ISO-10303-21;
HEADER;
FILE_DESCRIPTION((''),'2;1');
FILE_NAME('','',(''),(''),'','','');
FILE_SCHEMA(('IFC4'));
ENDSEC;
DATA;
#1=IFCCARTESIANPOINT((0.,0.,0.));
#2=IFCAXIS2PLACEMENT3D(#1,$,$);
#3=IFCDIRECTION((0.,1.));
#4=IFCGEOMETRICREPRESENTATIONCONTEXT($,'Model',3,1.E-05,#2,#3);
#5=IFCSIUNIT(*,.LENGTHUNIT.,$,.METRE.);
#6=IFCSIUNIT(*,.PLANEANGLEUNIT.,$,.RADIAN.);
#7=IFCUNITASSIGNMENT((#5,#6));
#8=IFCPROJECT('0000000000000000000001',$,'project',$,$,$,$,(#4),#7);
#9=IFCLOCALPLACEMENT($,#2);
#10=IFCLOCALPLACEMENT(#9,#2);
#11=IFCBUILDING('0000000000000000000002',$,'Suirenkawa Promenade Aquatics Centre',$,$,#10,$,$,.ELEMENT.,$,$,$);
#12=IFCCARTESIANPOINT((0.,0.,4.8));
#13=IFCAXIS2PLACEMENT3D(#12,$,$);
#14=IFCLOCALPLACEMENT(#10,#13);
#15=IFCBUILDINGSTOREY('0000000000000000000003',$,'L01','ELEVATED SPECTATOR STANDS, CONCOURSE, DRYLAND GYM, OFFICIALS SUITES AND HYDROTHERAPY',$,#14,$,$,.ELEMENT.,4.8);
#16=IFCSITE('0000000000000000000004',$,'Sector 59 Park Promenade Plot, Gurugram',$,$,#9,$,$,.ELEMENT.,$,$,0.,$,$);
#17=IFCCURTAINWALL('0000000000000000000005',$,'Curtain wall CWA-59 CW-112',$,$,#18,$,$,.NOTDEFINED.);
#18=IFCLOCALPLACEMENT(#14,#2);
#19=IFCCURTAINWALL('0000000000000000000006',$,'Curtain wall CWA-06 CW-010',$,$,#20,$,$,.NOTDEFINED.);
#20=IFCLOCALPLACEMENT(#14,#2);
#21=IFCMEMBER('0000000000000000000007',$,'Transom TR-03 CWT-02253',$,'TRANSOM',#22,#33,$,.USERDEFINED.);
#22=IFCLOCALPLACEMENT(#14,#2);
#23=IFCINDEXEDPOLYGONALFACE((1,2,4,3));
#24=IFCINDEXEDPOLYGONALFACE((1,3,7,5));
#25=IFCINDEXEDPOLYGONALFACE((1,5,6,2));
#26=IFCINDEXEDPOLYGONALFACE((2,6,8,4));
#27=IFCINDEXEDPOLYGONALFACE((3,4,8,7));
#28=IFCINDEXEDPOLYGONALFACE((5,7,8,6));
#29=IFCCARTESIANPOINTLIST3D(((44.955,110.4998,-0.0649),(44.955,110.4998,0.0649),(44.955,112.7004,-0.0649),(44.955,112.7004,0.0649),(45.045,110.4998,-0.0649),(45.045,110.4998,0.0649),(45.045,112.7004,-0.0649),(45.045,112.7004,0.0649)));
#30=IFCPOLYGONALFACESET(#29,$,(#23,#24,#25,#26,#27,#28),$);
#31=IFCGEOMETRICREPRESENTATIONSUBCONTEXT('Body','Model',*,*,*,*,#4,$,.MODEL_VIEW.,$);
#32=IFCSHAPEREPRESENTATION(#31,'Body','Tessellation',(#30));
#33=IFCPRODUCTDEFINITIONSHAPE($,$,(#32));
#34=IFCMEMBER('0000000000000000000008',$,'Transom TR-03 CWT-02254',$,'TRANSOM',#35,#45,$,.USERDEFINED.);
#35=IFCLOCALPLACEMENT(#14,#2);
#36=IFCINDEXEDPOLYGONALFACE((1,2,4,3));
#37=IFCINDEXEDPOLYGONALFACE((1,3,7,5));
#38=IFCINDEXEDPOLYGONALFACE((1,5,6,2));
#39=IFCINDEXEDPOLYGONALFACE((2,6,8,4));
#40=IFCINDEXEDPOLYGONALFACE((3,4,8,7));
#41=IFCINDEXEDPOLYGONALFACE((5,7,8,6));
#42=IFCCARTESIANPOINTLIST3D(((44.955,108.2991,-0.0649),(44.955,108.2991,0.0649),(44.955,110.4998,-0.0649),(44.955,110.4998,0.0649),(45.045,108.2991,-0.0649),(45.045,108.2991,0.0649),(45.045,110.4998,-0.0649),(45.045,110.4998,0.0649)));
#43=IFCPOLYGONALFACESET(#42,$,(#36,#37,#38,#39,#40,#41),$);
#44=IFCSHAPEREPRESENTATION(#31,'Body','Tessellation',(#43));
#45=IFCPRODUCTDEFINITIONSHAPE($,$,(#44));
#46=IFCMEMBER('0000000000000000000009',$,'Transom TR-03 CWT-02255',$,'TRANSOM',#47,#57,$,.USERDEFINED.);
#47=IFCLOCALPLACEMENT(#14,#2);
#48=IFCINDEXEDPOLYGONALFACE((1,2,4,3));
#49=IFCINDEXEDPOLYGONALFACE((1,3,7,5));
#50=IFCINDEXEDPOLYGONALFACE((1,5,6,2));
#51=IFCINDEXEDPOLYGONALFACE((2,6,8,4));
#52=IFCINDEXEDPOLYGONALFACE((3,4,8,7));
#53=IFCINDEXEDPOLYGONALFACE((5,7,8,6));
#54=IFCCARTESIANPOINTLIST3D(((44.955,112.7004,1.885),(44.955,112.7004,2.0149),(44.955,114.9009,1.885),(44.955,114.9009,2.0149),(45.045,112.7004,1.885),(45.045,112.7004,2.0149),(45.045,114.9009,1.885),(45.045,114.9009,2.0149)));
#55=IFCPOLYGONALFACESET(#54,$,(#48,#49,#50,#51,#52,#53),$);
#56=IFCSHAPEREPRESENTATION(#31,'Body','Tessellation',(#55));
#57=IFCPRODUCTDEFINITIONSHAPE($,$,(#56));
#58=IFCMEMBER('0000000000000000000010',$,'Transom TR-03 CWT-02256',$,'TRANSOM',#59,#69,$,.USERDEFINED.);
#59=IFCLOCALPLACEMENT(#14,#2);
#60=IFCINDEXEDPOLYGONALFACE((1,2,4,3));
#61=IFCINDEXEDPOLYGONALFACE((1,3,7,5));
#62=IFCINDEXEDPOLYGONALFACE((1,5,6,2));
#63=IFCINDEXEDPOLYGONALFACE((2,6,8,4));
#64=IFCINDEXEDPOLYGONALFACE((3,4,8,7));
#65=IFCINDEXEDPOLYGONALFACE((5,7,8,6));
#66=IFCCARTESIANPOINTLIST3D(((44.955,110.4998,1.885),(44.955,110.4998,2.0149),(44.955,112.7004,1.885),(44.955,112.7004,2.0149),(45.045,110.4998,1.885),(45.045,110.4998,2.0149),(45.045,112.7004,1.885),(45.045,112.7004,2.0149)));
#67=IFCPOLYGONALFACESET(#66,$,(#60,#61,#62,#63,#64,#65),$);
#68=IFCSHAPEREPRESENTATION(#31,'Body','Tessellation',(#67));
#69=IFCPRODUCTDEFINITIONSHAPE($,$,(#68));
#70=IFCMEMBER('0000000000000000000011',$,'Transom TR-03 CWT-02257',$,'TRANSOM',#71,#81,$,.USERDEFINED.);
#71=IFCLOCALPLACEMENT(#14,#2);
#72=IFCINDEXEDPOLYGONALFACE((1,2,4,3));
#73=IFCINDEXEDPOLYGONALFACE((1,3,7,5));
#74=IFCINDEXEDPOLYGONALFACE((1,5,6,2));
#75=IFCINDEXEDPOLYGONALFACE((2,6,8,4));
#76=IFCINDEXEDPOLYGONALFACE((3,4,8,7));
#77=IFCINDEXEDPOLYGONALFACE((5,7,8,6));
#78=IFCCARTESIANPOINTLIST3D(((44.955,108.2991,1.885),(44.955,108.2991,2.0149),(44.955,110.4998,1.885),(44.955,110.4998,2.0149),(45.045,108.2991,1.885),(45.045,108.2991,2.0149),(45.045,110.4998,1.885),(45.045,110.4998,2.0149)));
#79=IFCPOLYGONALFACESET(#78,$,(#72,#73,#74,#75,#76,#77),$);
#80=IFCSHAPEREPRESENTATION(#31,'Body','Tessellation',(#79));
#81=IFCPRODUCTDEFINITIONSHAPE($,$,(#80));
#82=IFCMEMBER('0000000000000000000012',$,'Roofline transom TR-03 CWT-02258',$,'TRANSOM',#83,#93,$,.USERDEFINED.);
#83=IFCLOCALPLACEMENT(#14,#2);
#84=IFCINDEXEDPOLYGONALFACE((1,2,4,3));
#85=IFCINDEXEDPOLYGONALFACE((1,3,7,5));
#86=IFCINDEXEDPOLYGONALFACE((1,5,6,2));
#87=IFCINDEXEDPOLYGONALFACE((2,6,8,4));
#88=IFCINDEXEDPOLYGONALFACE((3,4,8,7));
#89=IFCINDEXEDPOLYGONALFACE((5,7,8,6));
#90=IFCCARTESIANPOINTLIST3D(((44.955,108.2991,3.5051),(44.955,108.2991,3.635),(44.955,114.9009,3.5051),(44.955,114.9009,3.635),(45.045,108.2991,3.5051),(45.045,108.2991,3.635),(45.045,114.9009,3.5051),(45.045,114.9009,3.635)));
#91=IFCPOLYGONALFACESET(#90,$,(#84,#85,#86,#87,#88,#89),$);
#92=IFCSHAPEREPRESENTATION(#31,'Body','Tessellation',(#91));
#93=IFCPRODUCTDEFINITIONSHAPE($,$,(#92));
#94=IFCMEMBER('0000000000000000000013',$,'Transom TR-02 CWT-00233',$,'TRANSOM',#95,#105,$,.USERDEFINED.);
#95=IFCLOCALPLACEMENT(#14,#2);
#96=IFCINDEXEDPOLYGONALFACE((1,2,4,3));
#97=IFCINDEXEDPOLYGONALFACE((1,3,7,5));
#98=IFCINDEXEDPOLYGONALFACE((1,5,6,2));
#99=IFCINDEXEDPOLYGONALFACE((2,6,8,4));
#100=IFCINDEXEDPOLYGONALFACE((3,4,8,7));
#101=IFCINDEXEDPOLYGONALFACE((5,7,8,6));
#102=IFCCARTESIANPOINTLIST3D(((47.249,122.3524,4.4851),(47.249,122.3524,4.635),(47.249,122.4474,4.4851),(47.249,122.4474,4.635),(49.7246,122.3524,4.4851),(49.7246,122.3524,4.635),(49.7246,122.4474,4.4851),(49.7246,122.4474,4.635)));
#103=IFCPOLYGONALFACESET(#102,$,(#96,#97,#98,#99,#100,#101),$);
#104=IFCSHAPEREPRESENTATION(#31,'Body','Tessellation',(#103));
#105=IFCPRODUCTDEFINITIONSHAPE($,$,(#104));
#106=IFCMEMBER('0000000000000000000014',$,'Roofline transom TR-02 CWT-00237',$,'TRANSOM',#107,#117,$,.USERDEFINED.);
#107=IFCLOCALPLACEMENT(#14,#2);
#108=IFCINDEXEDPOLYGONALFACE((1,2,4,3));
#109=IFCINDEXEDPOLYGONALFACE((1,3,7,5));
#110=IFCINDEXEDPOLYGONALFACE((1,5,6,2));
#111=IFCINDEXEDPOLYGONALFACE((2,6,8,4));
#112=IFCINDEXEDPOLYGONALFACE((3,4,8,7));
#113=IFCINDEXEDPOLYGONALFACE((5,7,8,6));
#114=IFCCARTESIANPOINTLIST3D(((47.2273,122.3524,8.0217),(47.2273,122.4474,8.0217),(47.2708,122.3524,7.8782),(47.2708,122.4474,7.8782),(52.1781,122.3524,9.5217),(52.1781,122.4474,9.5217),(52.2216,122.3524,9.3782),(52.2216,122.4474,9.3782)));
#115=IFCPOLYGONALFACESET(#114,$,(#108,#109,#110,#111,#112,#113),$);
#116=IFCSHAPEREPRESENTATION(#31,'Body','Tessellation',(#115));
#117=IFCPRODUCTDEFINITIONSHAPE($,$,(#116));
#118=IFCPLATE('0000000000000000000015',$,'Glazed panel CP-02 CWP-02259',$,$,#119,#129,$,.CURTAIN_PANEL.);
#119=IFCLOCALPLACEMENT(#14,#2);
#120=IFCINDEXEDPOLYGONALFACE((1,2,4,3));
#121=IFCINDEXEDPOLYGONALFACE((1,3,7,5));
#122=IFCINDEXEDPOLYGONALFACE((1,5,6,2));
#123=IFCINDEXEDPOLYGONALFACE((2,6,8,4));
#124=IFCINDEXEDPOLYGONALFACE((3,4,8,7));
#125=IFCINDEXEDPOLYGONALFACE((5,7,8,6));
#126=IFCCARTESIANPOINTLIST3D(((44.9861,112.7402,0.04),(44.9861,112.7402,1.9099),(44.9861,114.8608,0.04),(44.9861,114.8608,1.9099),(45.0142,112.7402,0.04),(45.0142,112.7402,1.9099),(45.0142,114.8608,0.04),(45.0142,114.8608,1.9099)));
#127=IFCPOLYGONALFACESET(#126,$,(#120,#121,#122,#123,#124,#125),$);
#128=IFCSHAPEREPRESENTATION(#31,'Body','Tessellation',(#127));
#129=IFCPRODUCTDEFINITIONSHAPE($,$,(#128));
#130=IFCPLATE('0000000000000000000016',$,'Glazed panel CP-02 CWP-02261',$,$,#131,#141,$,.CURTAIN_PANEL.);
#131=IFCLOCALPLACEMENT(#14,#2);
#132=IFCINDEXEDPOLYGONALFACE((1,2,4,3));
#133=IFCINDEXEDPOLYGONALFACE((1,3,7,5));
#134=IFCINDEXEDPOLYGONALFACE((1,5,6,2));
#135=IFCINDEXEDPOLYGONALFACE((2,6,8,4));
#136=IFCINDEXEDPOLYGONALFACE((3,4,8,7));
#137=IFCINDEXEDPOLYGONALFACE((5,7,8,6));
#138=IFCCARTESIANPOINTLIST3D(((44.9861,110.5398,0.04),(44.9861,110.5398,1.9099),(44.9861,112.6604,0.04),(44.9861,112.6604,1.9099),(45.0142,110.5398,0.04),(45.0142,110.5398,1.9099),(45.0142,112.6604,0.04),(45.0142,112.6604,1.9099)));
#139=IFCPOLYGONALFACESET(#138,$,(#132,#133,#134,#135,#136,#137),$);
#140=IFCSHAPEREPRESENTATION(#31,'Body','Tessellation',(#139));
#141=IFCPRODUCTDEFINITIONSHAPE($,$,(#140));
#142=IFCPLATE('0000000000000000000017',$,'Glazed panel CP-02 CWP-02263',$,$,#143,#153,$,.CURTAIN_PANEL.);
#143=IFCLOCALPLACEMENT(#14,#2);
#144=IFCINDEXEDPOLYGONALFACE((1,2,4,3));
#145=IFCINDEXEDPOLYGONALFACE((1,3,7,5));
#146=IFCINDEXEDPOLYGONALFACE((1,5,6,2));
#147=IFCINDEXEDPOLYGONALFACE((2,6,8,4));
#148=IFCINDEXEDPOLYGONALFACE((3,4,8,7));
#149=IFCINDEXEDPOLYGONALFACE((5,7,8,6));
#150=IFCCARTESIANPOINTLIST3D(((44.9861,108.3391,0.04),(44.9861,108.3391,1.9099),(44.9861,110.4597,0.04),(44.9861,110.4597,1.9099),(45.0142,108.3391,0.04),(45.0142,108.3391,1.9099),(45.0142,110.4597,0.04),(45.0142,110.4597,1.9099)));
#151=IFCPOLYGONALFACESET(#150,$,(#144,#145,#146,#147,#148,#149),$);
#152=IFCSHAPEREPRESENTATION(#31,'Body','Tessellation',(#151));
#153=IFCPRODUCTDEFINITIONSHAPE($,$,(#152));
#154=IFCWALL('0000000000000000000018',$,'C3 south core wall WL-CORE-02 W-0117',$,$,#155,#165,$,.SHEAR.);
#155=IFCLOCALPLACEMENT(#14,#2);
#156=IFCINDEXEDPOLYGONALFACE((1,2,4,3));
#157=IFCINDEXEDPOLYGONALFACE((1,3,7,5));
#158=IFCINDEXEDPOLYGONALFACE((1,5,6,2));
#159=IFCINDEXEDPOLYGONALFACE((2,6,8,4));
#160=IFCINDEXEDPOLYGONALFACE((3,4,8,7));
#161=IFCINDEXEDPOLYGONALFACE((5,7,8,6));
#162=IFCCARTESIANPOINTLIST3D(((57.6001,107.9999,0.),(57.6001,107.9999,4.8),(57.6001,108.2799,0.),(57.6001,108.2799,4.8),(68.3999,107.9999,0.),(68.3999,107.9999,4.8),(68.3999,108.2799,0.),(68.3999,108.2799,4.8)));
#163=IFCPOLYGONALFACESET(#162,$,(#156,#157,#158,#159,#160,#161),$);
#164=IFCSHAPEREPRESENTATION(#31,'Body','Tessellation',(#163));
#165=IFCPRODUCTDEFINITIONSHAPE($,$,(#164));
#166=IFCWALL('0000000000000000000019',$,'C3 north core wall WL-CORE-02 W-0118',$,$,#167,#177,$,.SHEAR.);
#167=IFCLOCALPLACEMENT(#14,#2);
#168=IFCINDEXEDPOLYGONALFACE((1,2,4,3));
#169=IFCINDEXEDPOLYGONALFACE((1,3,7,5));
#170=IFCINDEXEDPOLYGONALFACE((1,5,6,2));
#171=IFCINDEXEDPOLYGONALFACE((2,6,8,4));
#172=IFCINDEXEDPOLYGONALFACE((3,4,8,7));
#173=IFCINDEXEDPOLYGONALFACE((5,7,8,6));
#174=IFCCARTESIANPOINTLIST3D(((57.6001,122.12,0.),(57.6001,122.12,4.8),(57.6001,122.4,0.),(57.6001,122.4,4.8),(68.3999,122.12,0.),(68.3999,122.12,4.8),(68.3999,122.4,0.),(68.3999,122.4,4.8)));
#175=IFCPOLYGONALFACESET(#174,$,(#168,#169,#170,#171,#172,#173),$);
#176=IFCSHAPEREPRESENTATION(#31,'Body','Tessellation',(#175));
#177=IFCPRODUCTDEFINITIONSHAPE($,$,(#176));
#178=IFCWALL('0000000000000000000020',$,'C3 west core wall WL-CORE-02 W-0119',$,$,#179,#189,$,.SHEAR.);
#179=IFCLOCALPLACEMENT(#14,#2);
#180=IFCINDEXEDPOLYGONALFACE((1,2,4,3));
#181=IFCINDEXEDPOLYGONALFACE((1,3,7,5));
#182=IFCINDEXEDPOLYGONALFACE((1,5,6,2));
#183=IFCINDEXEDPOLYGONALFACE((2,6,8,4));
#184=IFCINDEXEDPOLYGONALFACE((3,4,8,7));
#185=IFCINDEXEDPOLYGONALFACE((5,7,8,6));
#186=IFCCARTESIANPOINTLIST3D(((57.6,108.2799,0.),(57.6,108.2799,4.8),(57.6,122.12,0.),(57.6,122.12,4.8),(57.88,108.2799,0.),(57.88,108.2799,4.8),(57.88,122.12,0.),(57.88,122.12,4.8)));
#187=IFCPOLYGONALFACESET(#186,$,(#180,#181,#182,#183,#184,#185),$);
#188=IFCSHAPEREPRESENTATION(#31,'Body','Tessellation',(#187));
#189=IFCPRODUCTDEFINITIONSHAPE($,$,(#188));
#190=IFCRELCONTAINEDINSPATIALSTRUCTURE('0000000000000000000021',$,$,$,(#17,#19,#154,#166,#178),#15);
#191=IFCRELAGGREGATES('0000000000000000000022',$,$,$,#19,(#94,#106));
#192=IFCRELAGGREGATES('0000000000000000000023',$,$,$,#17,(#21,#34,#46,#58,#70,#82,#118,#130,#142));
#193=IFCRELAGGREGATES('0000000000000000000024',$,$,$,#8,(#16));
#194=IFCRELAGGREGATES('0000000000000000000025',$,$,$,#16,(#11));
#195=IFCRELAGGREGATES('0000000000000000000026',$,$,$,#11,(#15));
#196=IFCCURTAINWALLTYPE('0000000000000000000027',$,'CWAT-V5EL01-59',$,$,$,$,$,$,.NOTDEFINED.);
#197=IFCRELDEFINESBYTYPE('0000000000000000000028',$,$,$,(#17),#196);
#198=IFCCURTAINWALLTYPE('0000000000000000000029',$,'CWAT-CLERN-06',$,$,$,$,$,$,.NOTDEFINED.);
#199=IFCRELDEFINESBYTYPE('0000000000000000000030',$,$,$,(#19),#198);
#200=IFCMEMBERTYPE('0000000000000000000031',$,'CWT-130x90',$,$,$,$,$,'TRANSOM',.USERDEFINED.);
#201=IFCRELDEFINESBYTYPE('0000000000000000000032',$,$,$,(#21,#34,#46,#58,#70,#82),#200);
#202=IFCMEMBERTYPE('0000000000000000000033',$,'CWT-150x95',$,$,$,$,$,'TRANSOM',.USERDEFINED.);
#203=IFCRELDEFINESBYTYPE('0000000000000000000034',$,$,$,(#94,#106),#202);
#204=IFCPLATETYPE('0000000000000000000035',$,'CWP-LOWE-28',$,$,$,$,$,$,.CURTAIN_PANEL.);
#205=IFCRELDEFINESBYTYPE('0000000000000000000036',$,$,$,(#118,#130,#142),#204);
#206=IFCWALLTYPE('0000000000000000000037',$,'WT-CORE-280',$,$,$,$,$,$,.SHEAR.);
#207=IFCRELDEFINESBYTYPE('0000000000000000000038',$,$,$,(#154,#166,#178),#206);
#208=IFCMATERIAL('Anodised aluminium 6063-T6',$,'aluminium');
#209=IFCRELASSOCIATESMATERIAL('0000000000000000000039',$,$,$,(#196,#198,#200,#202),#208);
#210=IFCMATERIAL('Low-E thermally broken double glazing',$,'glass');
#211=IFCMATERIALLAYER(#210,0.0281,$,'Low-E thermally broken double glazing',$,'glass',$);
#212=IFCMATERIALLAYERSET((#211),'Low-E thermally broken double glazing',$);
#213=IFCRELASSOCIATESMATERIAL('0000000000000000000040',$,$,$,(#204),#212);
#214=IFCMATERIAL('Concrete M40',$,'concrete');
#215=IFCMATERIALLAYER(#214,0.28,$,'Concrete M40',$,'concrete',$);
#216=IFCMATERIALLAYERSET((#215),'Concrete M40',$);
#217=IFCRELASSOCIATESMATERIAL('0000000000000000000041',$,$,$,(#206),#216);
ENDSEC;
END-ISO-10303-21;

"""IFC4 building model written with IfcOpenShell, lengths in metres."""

from ifc_helpers import new_model, si_unit, direction, frame, frame_2d, origin, origin_2d, place, context, subcontext, project, spatial, polyline, rectangle, outline, extrude, material, layer, layer_set, material_profile, profile_set, type_object, element, aggregate, save


model = new_model("IFC4")

# Units and contexts
model_context = context("Model", 3, precision=1e-05, world=origin(), true_north=direction((0.0, 1.0)))
body_context = subcontext(model_context, "Body", "Model", "MODEL_VIEW")
ifc_project = project(units=[si_unit("LENGTHUNIT", "METRE"), si_unit("PLANEANGLEUNIT", "RADIAN")], contexts=[model_context])

# Site, building, storey
site_placement = place(None, origin())
site = spatial("IfcSite", under=ifc_project, at=site_placement, Name="Sector 59 Park Promenade Plot, Gurugram", CompositionType="ELEMENT", RefElevation=0.0)
building_placement = place(site_placement, origin())
building = spatial("IfcBuilding", under=site, at=building_placement, Name="Suirenkawa Promenade Aquatics Centre", CompositionType="ELEMENT")
storey_placement = place(building_placement, frame((0.0, 0.0, 4.8)))
storey = spatial("IfcBuildingStorey", under=building, at=storey_placement, Name="L01", Description="ELEVATED SPECTATOR STANDS, CONCOURSE, DRYLAND GYM, OFFICIALS SUITES AND HYDROTHERAPY", CompositionType="ELEMENT", Elevation=4.8)

# Shared definitions
ifc_material_1 = material(Name="Concrete M40", Category="concrete")

# Curtain wall
ifc_material_2 = material(Name="Anodised aluminium 6063-T6", Category="aluminium")
curtain_wall_type_1 = type_object("IfcCurtainWallType", Name="CWAT-V5EL01-59", PredefinedType="NOTDEFINED", material=ifc_material_2)
curtain_wall_1_placement = place(storey_placement, origin())
curtain_wall_1 = element("IfcCurtainWall", 1, at=curtain_wall_1_placement, inside=storey, type_object=curtain_wall_type_1, Name="Curtain wall CWA-59 CW-112", PredefinedType="NOTDEFINED")

# Curtain wall
curtain_wall_type_2 = type_object("IfcCurtainWallType", Name="CWAT-CLERN-06", PredefinedType="NOTDEFINED", material=ifc_material_2)
curtain_wall_2_placement = place(storey_placement, origin())
curtain_wall_2 = element("IfcCurtainWall", 2, at=curtain_wall_2_placement, inside=storey, type_object=curtain_wall_type_2, Name="Curtain wall CWA-06 CW-010", PredefinedType="NOTDEFINED")

# Members
ifc_material_profile_1 = material_profile(ifc_material_2, rectangle(XDim=0.0901, YDim=0.1299, at=origin_2d()), Name="ALU TRAN 90x130", Category="aluminium")
ifc_profile_set_1 = profile_set([ifc_material_profile_1], Name="Anodised aluminium 6063-T6")
member_type_1 = type_object("IfcMemberType", Name="CWT-130x90", ElementType="TRANSOM", PredefinedType="USERDEFINED", material=ifc_profile_set_1)
member_1_placement = place(storey_placement, frame((45.0, 112.7004, 0.0), z_axis=(0.0, -1.0, 0.0), x_axis=(1.0, 0.0, 0.0)))
member_1 = element("IfcMember", 3, at=member_1_placement, type_object=member_type_1, Name="Transom TR-03 CWT-02253", ObjectType="TRANSOM", PredefinedType="USERDEFINED", context=body_context, shape_type="SweptSolid", body=[
    extrude(rectangle(XDim=0.0901, YDim=0.1299, at=origin_2d()), origin(), (0.0, 0.0, 1.0), 2.2007),
])
member_2_placement = place(storey_placement, frame((45.0, 110.4998, 0.0), z_axis=(0.0, -1.0, 0.0), x_axis=(1.0, 0.0, 0.0)))
member_2 = element("IfcMember", 4, at=member_2_placement, type_object=member_type_1, Name="Transom TR-03 CWT-02254", ObjectType="TRANSOM", PredefinedType="USERDEFINED", context=body_context, shape_type="SweptSolid", body=[
    extrude(rectangle(XDim=0.0901, YDim=0.1299, at=origin_2d()), origin(), (0.0, 0.0, 1.0), 2.2007),
])
member_3_placement = place(storey_placement, frame((45.0, 114.9009, 1.95), z_axis=(0.0, -1.0, 0.0), x_axis=(1.0, 0.0, 0.0)))
member_3 = element("IfcMember", 5, at=member_3_placement, type_object=member_type_1, Name="Transom TR-03 CWT-02255", ObjectType="TRANSOM", PredefinedType="USERDEFINED", context=body_context, shape_type="SweptSolid", body=[
    extrude(rectangle(XDim=0.0901, YDim=0.1299, at=origin_2d()), origin(), (0.0, 0.0, 1.0), 2.2004),
])
member_4_placement = place(storey_placement, frame((45.0, 112.7004, 1.95), z_axis=(0.0, -1.0, 0.0), x_axis=(1.0, 0.0, 0.0)))
member_4 = element("IfcMember", 6, at=member_4_placement, type_object=member_type_1, Name="Transom TR-03 CWT-02256", ObjectType="TRANSOM", PredefinedType="USERDEFINED", context=body_context, shape_type="SweptSolid", body=[
    extrude(rectangle(XDim=0.0901, YDim=0.1299, at=origin_2d()), origin(), (0.0, 0.0, 1.0), 2.2007),
])
member_5_placement = place(storey_placement, frame((45.0, 110.4998, 1.95), z_axis=(0.0, -1.0, 0.0), x_axis=(1.0, 0.0, 0.0)))
member_5 = element("IfcMember", 7, at=member_5_placement, type_object=member_type_1, Name="Transom TR-03 CWT-02257", ObjectType="TRANSOM", PredefinedType="USERDEFINED", context=body_context, shape_type="SweptSolid", body=[
    extrude(rectangle(XDim=0.0901, YDim=0.1299, at=origin_2d()), origin(), (0.0, 0.0, 1.0), 2.2007),
])
member_6_placement = place(storey_placement, frame((45.0, 114.9009, 3.5701), z_axis=(0.0, -1.0, 0.0), x_axis=(1.0, 0.0, 0.0)))
member_6 = element("IfcMember", 8, at=member_6_placement, type_object=member_type_1, Name="Roofline transom TR-03 CWT-02258", ObjectType="TRANSOM", PredefinedType="USERDEFINED", context=body_context, shape_type="SweptSolid", body=[
    extrude(rectangle(XDim=0.0901, YDim=0.1299, at=origin_2d()), origin(), (0.0, 0.0, 1.0), 6.6018),
])
ifc_material_profile_2 = material_profile(ifc_material_2, rectangle(XDim=0.095, YDim=0.1499, at=origin_2d()), Name="ALU TRAN 95x150", Category="aluminium")
ifc_profile_set_2 = profile_set([ifc_material_profile_2], Name="Anodised aluminium 6063-T6")
member_type_2 = type_object("IfcMemberType", Name="CWT-150x95", ElementType="TRANSOM", PredefinedType="USERDEFINED", material=ifc_profile_set_2)
member_7_placement = place(storey_placement, frame((47.249, 122.3999, 4.5601), z_axis=(1.0, 0.0, 0.0), x_axis=(0.0, 1.0, 0.0)))
member_7 = element("IfcMember", 9, at=member_7_placement, type_object=member_type_2, Name="Transom TR-02 CWT-00233", ObjectType="TRANSOM", PredefinedType="USERDEFINED", context=body_context, shape_type="SweptSolid", body=[
    extrude(rectangle(XDim=0.095, YDim=0.1499, at=origin_2d()), origin(), (0.0, 0.0, 1.0), 2.4756),
])
member_8_placement = place(storey_placement, frame((47.249, 122.3999, 7.95), z_axis=(0.957039, 0.0, 0.289958), x_axis=(0.0, 1.0, 0.0)))
member_8 = element("IfcMember", 10, at=member_8_placement, type_object=member_type_2, Name="Roofline transom TR-02 CWT-00237", ObjectType="TRANSOM", PredefinedType="USERDEFINED", context=body_context, shape_type="SweptSolid", body=[
    extrude(rectangle(XDim=0.095, YDim=0.1499, at=origin_2d()), origin(), (0.0, 0.0, 1.0), 5.1731),
])

# Plates
aggregate(curtain_wall_2, [member_7, member_8])
ifc_material_3 = material(Name="Low-E thermally broken double glazing", Category="glass")
ifc_layer_1 = layer(ifc_material_3, 0.0281, Name="Low-E thermally broken double glazing", Category="glass")
ifc_layer_set_1 = layer_set([ifc_layer_1], Name="Low-E thermally broken double glazing")
plate_type_1 = type_object("IfcPlateType", Name="CWP-LOWE-28", PredefinedType="CURTAIN_PANEL", material=ifc_layer_set_1)
plate_1_placement = place(storey_placement, frame((45.0, 114.9009, 0.04), z_axis=(0.0, 0.0, 1.0), x_axis=(0.0, -1.0, 0.0)))
plate_1 = element("IfcPlate", 11, at=plate_1_placement, type_object=plate_type_1, Name="Glazed panel CP-02 CWP-02259", PredefinedType="CURTAIN_PANEL", context=body_context, shape_type="SweptSolid", body=[
    extrude(outline(polyline([(0.04, 0.0), (2.1606, 0.0), (2.1606, 1.8699), (0.04, 1.8699), (0.04, 0.0)])), frame((0.0, 0.0142, 0.0), z_axis=(0.0, -1.0, 0.0), x_axis=(1.0, 0.0, 0.0)), (0.0, 0.0, 1.0), 0.0281),
])
plate_2_placement = place(storey_placement, frame((45.0, 112.7004, 0.04), z_axis=(0.0, 0.0, 1.0), x_axis=(0.0, -1.0, 0.0)))
plate_2 = element("IfcPlate", 12, at=plate_2_placement, type_object=plate_type_1, Name="Glazed panel CP-02 CWP-02261", PredefinedType="CURTAIN_PANEL", context=body_context, shape_type="SweptSolid", body=[
    extrude(outline(polyline([(0.04, 0.0), (2.1606, 0.0), (2.1606, 1.8699), (0.04, 1.8699), (0.04, 0.0)])), frame((0.0, 0.0142, 0.0), z_axis=(0.0, -1.0, 0.0), x_axis=(1.0, 0.0, 0.0)), (0.0, 0.0, 1.0), 0.0281),
])
plate_3_placement = place(storey_placement, frame((45.0, 110.4998, 0.04), z_axis=(0.0, 0.0, 1.0), x_axis=(0.0, -1.0, 0.0)))
plate_3 = element("IfcPlate", 13, at=plate_3_placement, type_object=plate_type_1, Name="Glazed panel CP-02 CWP-02263", PredefinedType="CURTAIN_PANEL", context=body_context, shape_type="SweptSolid", body=[
    extrude(outline(polyline([(0.04, 0.0), (2.1606, 0.0), (2.1606, 1.8699), (0.04, 1.8699), (0.04, 0.0)])), frame((0.0, 0.0142, 0.0), z_axis=(0.0, -1.0, 0.0), x_axis=(1.0, 0.0, 0.0)), (0.0, 0.0, 1.0), 0.0281),
])
aggregate(curtain_wall_1, [member_1, member_2, member_3, member_4, member_5, member_6, plate_1, plate_2, plate_3])

# Walls
ifc_layer_2 = layer(ifc_material_1, 0.28, Name="Concrete M40", Category="concrete")
ifc_layer_set_2 = layer_set([ifc_layer_2], Name="Concrete M40")
wall_type = type_object("IfcWallType", Name="WT-CORE-280", PredefinedType="SHEAR", material=ifc_layer_set_2)
for number, where, z_axis, x_axis, name in (
    (14, (57.6001, 108.1399, 0.0), (0.0, 0.0, 1.0), (1.0, 0.0, 0.0), "C3 south core wall WL-CORE-02 W-0117"),
    (15, (57.6001, 122.26, 0.0), (0.0, 0.0, 1.0), (1.0, 0.0, 0.0), "C3 north core wall WL-CORE-02 W-0118"),
):
    element("IfcWall", number, at=place(storey_placement, frame(where, z_axis=z_axis, x_axis=x_axis)), inside=storey, type_object=wall_type, Name=name, PredefinedType="SHEAR", context=body_context, shape_type="SweptSolid", body=[
        extrude(rectangle(XDim=10.7998, YDim=0.28, at=frame_2d((5.3999, 0.0))), origin(), (0.0, 0.0, 1.0), 4.8),
    ])
wall_placement = place(storey_placement, frame((57.74, 108.28, 0.0), z_axis=(0.0, 0.0, 1.0), x_axis=(0.0, 1.0, 0.0)))
element("IfcWall", 16, at=wall_placement, inside=storey, type_object=wall_type, Name="C3 west core wall WL-CORE-02 W-0119", PredefinedType="SHEAR", context=body_context, shape_type="SweptSolid", body=[
    extrude(rectangle(XDim=13.8401, YDim=0.28, at=frame_2d((6.9199, 0.0))), origin(), (0.0, 0.0, 1.0), 4.8),
])

save(model, "model.ifc")
